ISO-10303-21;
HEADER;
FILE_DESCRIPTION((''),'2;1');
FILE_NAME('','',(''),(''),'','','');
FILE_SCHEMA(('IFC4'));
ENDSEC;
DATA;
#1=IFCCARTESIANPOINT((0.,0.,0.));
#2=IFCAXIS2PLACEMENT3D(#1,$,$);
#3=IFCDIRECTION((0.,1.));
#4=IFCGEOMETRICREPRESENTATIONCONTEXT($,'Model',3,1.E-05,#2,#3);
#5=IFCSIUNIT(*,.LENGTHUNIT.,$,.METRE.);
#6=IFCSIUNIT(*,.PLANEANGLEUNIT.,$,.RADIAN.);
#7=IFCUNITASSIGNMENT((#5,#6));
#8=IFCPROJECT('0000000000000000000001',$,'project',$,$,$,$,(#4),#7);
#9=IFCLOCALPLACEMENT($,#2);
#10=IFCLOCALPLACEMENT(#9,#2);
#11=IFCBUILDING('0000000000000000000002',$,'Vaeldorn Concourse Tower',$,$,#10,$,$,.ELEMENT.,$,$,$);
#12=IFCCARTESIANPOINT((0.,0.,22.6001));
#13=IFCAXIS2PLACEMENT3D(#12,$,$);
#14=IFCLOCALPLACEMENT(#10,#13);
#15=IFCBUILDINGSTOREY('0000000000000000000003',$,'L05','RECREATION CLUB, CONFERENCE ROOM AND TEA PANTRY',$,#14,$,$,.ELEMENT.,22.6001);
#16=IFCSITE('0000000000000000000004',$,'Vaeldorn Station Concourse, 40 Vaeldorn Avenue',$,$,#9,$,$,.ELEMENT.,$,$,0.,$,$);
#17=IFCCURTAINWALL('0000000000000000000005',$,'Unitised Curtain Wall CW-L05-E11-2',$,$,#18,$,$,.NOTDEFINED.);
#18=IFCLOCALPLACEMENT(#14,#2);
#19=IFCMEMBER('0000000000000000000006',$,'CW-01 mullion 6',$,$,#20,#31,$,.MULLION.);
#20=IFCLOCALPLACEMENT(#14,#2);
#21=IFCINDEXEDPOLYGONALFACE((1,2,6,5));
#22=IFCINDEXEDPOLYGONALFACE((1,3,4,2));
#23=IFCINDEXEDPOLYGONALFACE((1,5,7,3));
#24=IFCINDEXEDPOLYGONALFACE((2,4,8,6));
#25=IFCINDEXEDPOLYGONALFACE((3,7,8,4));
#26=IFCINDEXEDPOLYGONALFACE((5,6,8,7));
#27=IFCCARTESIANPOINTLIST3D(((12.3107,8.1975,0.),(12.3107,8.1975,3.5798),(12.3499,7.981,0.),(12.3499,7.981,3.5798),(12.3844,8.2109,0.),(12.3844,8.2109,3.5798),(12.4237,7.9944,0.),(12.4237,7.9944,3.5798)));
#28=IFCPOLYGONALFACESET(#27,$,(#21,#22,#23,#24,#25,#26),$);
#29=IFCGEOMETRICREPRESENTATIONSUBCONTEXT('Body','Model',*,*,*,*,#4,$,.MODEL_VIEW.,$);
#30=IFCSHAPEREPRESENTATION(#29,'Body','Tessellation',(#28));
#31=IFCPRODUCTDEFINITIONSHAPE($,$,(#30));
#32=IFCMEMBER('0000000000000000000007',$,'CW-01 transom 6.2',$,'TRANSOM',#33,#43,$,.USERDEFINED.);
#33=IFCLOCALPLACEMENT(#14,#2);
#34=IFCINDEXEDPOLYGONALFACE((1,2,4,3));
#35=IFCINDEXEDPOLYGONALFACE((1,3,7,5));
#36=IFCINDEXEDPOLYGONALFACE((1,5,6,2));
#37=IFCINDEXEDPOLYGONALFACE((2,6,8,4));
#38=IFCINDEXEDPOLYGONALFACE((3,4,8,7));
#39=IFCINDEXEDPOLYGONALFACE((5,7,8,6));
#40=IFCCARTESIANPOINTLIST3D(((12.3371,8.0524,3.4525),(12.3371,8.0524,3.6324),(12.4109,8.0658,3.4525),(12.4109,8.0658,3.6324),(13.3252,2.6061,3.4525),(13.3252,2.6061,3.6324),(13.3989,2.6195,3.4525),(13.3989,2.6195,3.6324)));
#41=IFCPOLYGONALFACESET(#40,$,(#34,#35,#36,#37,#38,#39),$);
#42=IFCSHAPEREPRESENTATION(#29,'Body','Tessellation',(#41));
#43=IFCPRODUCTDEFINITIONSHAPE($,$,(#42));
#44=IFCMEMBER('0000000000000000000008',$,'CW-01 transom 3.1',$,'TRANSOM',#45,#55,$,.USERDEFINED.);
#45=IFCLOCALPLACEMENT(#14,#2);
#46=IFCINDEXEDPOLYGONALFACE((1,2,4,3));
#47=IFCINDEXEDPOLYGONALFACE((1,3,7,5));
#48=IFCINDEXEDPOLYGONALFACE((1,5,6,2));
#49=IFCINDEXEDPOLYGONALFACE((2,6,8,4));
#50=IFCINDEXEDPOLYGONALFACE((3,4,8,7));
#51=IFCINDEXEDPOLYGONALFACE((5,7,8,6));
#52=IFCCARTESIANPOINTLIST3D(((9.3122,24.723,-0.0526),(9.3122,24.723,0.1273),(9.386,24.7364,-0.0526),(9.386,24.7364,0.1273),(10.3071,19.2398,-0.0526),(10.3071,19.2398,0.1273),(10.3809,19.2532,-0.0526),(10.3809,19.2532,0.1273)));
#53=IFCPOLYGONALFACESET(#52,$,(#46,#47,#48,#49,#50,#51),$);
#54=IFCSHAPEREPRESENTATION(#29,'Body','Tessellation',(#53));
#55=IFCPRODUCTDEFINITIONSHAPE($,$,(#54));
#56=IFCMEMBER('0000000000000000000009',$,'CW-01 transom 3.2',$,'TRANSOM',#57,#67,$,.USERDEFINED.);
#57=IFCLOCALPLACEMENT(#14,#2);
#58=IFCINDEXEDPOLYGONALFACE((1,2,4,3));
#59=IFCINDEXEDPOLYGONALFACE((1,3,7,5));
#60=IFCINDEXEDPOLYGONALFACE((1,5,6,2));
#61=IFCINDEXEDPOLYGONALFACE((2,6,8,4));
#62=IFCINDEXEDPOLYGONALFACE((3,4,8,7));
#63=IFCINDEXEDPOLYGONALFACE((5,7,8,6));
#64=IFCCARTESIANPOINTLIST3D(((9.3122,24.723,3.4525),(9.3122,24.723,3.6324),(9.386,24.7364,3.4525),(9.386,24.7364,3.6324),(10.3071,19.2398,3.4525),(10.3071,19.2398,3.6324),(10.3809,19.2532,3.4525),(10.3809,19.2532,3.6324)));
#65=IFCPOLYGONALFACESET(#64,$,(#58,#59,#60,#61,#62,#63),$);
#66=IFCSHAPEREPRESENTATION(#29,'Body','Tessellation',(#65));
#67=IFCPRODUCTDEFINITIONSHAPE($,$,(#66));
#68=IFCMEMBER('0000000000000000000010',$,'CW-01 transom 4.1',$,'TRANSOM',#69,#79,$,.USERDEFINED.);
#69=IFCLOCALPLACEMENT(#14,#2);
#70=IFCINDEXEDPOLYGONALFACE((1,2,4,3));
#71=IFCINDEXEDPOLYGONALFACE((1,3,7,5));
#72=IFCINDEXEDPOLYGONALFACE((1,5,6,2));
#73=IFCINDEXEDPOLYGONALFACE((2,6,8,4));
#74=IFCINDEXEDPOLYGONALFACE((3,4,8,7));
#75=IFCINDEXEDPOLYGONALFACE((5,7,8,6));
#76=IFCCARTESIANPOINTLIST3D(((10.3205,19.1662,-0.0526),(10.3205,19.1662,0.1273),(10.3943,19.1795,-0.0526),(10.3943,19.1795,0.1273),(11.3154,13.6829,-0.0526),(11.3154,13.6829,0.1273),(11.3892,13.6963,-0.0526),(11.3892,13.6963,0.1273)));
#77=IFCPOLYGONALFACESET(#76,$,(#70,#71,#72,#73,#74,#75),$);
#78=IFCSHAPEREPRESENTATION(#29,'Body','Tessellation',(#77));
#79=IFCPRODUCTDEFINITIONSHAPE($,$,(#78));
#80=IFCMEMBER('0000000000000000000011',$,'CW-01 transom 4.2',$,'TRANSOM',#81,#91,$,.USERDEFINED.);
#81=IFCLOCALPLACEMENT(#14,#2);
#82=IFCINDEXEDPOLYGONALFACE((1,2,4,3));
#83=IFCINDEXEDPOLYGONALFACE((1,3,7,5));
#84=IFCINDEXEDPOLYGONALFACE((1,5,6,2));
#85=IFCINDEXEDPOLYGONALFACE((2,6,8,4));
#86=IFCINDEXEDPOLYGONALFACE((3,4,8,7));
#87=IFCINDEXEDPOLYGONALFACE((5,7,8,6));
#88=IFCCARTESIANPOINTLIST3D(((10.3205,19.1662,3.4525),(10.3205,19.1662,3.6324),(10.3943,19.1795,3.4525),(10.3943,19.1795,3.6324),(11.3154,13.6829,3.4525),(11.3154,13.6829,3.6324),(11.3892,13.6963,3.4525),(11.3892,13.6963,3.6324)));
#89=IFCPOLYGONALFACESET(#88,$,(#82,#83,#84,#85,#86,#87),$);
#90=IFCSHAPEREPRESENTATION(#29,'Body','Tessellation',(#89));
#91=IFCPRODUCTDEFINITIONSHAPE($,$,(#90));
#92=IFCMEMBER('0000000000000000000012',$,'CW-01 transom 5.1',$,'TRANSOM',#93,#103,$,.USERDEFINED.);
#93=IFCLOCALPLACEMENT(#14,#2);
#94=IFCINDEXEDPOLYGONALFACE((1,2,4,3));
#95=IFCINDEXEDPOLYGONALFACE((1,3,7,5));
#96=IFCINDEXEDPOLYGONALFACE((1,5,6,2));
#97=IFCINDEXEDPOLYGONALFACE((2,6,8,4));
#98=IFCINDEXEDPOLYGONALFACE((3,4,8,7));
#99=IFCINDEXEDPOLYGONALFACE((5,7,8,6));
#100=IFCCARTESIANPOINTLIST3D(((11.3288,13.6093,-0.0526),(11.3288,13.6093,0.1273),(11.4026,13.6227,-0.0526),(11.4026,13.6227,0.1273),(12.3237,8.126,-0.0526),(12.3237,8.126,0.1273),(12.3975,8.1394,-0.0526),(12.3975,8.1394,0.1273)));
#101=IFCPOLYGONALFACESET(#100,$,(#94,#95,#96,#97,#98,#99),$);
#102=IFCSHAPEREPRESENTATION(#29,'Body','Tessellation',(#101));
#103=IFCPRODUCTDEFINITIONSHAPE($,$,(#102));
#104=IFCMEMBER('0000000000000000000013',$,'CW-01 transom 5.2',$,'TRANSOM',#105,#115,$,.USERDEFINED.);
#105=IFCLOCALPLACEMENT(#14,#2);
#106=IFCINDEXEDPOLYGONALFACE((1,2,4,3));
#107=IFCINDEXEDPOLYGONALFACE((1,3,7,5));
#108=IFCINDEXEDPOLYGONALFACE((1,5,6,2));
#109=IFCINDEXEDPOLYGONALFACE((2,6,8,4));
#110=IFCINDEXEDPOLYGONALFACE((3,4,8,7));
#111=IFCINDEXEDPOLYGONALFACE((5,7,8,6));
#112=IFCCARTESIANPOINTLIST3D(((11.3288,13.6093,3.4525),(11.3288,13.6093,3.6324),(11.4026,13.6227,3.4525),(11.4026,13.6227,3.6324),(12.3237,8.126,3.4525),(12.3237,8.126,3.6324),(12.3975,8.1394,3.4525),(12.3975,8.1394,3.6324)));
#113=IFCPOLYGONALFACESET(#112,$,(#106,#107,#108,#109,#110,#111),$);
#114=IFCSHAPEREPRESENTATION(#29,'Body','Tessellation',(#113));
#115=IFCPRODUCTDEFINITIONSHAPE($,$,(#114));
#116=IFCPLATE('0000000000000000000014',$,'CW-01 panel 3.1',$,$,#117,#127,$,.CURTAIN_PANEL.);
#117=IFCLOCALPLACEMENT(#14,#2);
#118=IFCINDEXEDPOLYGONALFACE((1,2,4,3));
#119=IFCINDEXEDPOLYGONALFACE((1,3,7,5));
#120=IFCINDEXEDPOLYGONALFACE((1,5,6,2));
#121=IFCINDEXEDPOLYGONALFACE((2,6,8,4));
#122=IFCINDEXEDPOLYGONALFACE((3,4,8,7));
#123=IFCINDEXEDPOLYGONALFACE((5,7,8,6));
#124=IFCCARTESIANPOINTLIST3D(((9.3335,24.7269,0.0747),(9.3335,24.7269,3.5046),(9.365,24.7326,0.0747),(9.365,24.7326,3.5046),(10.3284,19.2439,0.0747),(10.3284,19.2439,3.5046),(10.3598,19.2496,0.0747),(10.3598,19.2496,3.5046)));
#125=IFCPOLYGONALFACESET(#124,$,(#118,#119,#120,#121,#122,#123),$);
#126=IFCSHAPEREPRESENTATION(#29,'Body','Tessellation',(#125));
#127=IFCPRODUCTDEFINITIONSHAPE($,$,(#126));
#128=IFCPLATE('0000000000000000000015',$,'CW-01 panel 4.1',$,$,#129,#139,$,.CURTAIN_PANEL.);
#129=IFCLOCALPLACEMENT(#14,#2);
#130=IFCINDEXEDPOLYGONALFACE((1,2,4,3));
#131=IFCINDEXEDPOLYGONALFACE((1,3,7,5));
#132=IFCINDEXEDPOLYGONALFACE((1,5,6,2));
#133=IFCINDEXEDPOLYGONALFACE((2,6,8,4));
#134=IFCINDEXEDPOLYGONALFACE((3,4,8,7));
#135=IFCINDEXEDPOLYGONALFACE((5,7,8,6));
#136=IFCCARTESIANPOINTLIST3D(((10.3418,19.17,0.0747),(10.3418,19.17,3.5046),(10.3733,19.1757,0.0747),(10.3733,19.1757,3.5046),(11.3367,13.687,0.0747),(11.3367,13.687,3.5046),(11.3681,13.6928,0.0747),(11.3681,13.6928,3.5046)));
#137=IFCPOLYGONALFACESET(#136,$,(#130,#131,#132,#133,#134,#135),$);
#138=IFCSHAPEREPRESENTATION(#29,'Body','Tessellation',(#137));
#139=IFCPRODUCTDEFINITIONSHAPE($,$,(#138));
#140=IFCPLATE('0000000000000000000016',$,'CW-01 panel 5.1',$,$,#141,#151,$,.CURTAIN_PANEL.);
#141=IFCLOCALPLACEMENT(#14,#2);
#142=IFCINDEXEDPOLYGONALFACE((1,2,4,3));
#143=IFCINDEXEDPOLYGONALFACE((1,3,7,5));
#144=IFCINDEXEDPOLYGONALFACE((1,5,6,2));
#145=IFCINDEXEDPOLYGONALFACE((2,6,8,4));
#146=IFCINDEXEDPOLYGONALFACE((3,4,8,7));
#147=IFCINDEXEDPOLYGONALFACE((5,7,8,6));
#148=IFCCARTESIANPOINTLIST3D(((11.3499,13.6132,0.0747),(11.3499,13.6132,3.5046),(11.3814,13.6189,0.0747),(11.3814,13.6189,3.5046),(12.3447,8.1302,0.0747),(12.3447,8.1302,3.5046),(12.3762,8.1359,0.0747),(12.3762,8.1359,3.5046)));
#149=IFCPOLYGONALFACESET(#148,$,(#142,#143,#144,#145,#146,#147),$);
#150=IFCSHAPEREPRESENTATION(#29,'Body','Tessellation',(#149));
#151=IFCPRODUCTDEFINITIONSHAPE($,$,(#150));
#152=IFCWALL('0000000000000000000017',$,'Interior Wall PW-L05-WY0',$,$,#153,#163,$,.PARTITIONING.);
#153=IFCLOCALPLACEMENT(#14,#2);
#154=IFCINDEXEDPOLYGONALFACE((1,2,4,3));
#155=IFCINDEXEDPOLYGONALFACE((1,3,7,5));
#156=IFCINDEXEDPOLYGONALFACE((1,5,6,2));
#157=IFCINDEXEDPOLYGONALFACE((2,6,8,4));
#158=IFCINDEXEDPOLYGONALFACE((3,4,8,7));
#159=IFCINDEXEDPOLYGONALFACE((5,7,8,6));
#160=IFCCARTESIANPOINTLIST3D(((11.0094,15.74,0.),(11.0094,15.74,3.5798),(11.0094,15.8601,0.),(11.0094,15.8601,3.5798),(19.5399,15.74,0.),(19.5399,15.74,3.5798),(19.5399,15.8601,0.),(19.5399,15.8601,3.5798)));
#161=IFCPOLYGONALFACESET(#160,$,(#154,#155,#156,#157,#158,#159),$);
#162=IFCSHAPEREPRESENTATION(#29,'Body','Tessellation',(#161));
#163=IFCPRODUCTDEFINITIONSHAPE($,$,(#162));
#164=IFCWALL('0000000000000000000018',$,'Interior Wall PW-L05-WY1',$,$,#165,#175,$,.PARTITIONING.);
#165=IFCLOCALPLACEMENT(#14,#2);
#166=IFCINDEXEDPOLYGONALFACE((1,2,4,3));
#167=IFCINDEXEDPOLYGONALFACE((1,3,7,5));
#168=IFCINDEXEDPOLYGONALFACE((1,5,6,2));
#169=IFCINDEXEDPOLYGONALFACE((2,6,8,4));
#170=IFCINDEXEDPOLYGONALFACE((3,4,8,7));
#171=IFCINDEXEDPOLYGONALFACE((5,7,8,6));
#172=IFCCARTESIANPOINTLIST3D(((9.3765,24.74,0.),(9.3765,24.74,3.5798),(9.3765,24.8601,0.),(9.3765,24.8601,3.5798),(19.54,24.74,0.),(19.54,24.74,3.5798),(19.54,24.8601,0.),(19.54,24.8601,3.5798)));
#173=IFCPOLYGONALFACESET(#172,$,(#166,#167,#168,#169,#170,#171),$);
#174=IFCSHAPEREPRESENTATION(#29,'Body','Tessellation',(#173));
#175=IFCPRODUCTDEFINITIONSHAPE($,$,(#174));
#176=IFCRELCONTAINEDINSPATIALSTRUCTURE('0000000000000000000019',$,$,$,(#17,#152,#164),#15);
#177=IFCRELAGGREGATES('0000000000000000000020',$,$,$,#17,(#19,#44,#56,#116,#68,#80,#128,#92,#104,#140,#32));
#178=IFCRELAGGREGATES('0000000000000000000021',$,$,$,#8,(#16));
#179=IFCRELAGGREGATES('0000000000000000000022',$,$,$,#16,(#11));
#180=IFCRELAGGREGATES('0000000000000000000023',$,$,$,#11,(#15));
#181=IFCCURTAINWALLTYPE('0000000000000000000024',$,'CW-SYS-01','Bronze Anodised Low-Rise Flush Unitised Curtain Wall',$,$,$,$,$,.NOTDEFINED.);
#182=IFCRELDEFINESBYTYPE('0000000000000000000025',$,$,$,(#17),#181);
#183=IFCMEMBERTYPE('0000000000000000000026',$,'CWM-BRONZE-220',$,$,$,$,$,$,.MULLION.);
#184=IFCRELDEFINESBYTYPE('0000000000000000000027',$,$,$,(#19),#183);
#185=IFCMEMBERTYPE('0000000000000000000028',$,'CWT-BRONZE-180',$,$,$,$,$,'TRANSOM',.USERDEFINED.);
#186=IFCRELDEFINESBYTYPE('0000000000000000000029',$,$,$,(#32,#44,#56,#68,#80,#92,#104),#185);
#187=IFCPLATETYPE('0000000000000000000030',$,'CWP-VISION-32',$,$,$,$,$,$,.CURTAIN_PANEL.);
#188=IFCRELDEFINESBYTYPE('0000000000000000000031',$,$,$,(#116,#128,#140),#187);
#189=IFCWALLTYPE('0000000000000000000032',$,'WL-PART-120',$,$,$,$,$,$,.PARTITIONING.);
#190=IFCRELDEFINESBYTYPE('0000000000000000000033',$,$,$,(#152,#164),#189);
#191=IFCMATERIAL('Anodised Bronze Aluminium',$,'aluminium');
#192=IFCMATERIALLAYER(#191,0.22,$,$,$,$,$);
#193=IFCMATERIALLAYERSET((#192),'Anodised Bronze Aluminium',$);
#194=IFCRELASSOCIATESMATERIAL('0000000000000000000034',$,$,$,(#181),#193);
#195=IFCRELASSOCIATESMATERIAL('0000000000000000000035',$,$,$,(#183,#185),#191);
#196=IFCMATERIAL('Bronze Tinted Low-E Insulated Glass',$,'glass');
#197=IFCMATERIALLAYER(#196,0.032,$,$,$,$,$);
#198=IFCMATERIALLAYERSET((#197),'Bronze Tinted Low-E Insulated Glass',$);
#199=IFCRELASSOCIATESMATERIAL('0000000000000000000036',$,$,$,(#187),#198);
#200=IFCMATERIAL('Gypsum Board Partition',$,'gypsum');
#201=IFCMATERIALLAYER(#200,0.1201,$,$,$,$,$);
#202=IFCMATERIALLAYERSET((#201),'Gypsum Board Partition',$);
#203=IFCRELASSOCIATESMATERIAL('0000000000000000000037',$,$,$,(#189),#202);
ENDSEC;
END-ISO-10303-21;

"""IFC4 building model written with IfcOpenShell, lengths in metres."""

from ifc_helpers import new_model, si_unit, direction, frame, frame_2d, origin, origin_2d, place, context, subcontext, project, spatial, rectangle, extrude, source, transform, mapped, material, layer, layer_set, material_profile, profile_set, type_object, element, aggregate, save


model = new_model("IFC4")

# Units and contexts
model_context = context("Model", 3, precision=1e-05, world=origin(), true_north=direction((0.0, 1.0)))
body_context = subcontext(model_context, "Body", "Model", "MODEL_VIEW")
ifc_project = project(units=[si_unit("LENGTHUNIT", "METRE"), si_unit("PLANEANGLEUNIT", "RADIAN")], contexts=[model_context])

# Site, building, storey
site_placement = place(None, origin())
site = spatial("IfcSite", under=ifc_project, at=site_placement, Name="Vaeldorn Station Concourse, 40 Vaeldorn Avenue", CompositionType="ELEMENT", RefElevation=0.0)
building_placement = place(site_placement, origin())
building = spatial("IfcBuilding", under=site, at=building_placement, Name="Vaeldorn Concourse Tower", CompositionType="ELEMENT")
storey_placement = place(building_placement, frame((0.0, 0.0, 22.6001)))
storey = spatial("IfcBuildingStorey", under=building, at=storey_placement, Name="L05", Description="RECREATION CLUB, CONFERENCE ROOM AND TEA PANTRY", CompositionType="ELEMENT", Elevation=22.6001)

# Curtain wall, members, plates
ifc_material_1 = material(Name="Anodised Bronze Aluminium", Category="aluminium")
ifc_layer_1 = layer(ifc_material_1, 0.22)
ifc_layer_set_1 = layer_set([ifc_layer_1], Name="Anodised Bronze Aluminium")
curtain_wall_type = type_object("IfcCurtainWallType", Name="CW-SYS-01", Description="Bronze Anodised Low-Rise Flush Unitised Curtain Wall", PredefinedType="NOTDEFINED", material=ifc_layer_set_1)
curtain_wall_placement = place(storey_placement, origin())
curtain_wall = element("IfcCurtainWall", 1, at=curtain_wall_placement, inside=storey, type_object=curtain_wall_type, Name="Unitised Curtain Wall CW-L05-E11-2", PredefinedType="NOTDEFINED")
ifc_material_profile_1 = material_profile(ifc_material_1, rectangle(XDim=0.075, YDim=0.22, at=origin_2d()), Name="CWM 75x220")
ifc_profile_set_1 = profile_set([ifc_material_profile_1], Name="Anodised Bronze Aluminium")
member_type_1 = type_object("IfcMemberType", Name="CWM-BRONZE-220", PredefinedType="MULLION", material=ifc_profile_set_1)
shared_shape_1 = source(origin(), body_context, "Body", "SweptSolid", [
    extrude(rectangle(XDim=0.075, YDim=0.22, at=origin_2d()), origin(), (0.0, 0.0, 1.0), 3.5798),
])
member_1_placement = place(storey_placement, frame((12.3672, 8.0959, 0.0), z_axis=(0.0, 0.0, 1.0), x_axis=(0.983935, 0.178526, 0.0)))
member_1 = element("IfcMember", 2, at=member_1_placement, type_object=member_type_1, Name="CW-01 mullion 6", PredefinedType="MULLION", context=body_context, shape_type="MappedRepresentation", body=[
    mapped(shared_shape_1, transform((0.0, 0.0, 0.0), scale=1.0)),
])
ifc_material_profile_2 = material_profile(ifc_material_1, rectangle(XDim=0.075, YDim=0.1799, at=origin_2d()), Name="CWT 75x180")
ifc_profile_set_2 = profile_set([ifc_material_profile_2], Name="Anodised Bronze Aluminium")
member_type_2 = type_object("IfcMemberType", Name="CWT-BRONZE-180", ElementType="TRANSOM", PredefinedType="USERDEFINED", material=ifc_profile_set_2)
shared_shape_2 = source(origin(), body_context, "Body", "SweptSolid", [
    extrude(rectangle(XDim=0.075, YDim=0.1799, at=origin_2d()), origin(), (0.0, 0.0, 1.0), 5.5352),
])
member_2_placement = place(storey_placement, frame((12.374, 8.0591, 3.5425), z_axis=(0.178501, -0.98394, 0.0), x_axis=(0.98394, 0.178501, 0.0)))
member_2 = element("IfcMember", 3, at=member_2_placement, type_object=member_type_2, Name="CW-01 transom 6.2", ObjectType="TRANSOM", PredefinedType="USERDEFINED", context=body_context, shape_type="MappedRepresentation", body=[
    mapped(shared_shape_2, transform((0.0, 0.0, 0.0), scale=1.0)),
])
shared_shape_3 = source(origin(), body_context, "Body", "SweptSolid", [
    extrude(rectangle(XDim=0.075, YDim=0.1799, at=origin_2d()), origin(), (0.0, 0.0, 1.0), 5.5728),
])
member_3_placement = place(storey_placement, frame((9.3491, 24.7297, 0.0374), z_axis=(0.178527, -0.983935, 0.0), x_axis=(0.983935, 0.178527, 0.0)))
member_3 = element("IfcMember", 4, at=member_3_placement, type_object=member_type_2, Name="CW-01 transom 3.1", ObjectType="TRANSOM", PredefinedType="USERDEFINED", context=body_context, shape_type="MappedRepresentation", body=[
    mapped(shared_shape_3, transform((0.0, 0.0, 0.0), scale=1.0)),
])
member_4_placement = place(storey_placement, frame((9.3491, 24.7297, 3.5425), z_axis=(0.178527, -0.983935, 0.0), x_axis=(0.983935, 0.178527, 0.0)))
member_4 = element("IfcMember", 5, at=member_4_placement, type_object=member_type_2, Name="CW-01 transom 3.2", ObjectType="TRANSOM", PredefinedType="USERDEFINED", context=body_context, shape_type="MappedRepresentation", body=[
    mapped(shared_shape_3, transform((0.0, 0.0, 0.0), scale=1.0)),
])
member_5_placement = place(storey_placement, frame((10.3574, 19.1729, 0.0374), z_axis=(0.178527, -0.983935, 0.0), x_axis=(0.983935, 0.178527, 0.0)))
member_5 = element("IfcMember", 6, at=member_5_placement, type_object=member_type_2, Name="CW-01 transom 4.1", ObjectType="TRANSOM", PredefinedType="USERDEFINED", context=body_context, shape_type="MappedRepresentation", body=[
    mapped(shared_shape_3, transform((0.0, 0.0, 0.0), scale=1.0)),
])
member_6_placement = place(storey_placement, frame((10.3574, 19.1729, 3.5425), z_axis=(0.178527, -0.983935, 0.0), x_axis=(0.983935, 0.178527, 0.0)))
member_6 = element("IfcMember", 7, at=member_6_placement, type_object=member_type_2, Name="CW-01 transom 4.2", ObjectType="TRANSOM", PredefinedType="USERDEFINED", context=body_context, shape_type="MappedRepresentation", body=[
    mapped(shared_shape_3, transform((0.0, 0.0, 0.0), scale=1.0)),
])
member_7_placement = place(storey_placement, frame((11.3657, 13.616, 0.0374), z_axis=(0.178527, -0.983935, 0.0), x_axis=(0.983935, 0.178527, 0.0)))
member_7 = element("IfcMember", 8, at=member_7_placement, type_object=member_type_2, Name="CW-01 transom 5.1", ObjectType="TRANSOM", PredefinedType="USERDEFINED", context=body_context, shape_type="MappedRepresentation", body=[
    mapped(shared_shape_3, transform((0.0, 0.0, 0.0), scale=1.0)),
])
member_8_placement = place(storey_placement, frame((11.3657, 13.616, 3.5425), z_axis=(0.178527, -0.983935, 0.0), x_axis=(0.983935, 0.178527, 0.0)))
member_8 = element("IfcMember", 9, at=member_8_placement, type_object=member_type_2, Name="CW-01 transom 5.2", ObjectType="TRANSOM", PredefinedType="USERDEFINED", context=body_context, shape_type="MappedRepresentation", body=[
    mapped(shared_shape_3, transform((0.0, 0.0, 0.0), scale=1.0)),
])
ifc_material_2 = material(Name="Bronze Tinted Low-E Insulated Glass", Category="glass")
ifc_layer_2 = layer(ifc_material_2, 0.032)
ifc_layer_set_2 = layer_set([ifc_layer_2], Name="Bronze Tinted Low-E Insulated Glass")
plate_type = type_object("IfcPlateType", Name="CWP-VISION-32", PredefinedType="CURTAIN_PANEL", material=ifc_layer_set_2)
shared_shape_4 = source(origin(), body_context, "Body", "SweptSolid", [
    extrude(rectangle(XDim=5.5725, YDim=0.032, at=origin_2d()), origin(), (0.0, 0.0, 1.0), 3.4299),
])
plate_1_placement = place(storey_placement, frame((9.8467, 21.9883, 0.0747), z_axis=(0.0, 0.0, 1.0), x_axis=(0.178526, -0.983935, 0.0)))
plate_1 = element("IfcPlate", 10, at=plate_1_placement, type_object=plate_type, Name="CW-01 panel 3.1", PredefinedType="CURTAIN_PANEL", context=body_context, shape_type="MappedRepresentation", body=[
    mapped(shared_shape_4, transform((0.0, 0.0, 0.0), scale=1.0)),
])
plate_2_placement = place(storey_placement, frame((10.855, 16.4314, 0.0747), z_axis=(0.0, 0.0, 1.0), x_axis=(0.178526, -0.983935, 0.0)))
plate_2 = element("IfcPlate", 11, at=plate_2_placement, type_object=plate_type, Name="CW-01 panel 4.1", PredefinedType="CURTAIN_PANEL", context=body_context, shape_type="MappedRepresentation", body=[
    mapped(shared_shape_4, transform((0.0, 0.0, 0.0), scale=1.0)),
])
plate_3_placement = place(storey_placement, frame((11.863, 10.8745, 0.0747), z_axis=(0.0, 0.0, 1.0), x_axis=(0.178526, -0.983935, 0.0)))
plate_3 = element("IfcPlate", 12, at=plate_3_placement, type_object=plate_type, Name="CW-01 panel 5.1", PredefinedType="CURTAIN_PANEL", context=body_context, shape_type="MappedRepresentation", body=[
    mapped(shared_shape_4, transform((0.0, 0.0, 0.0), scale=1.0)),
])
aggregate(curtain_wall, [member_1, member_3, member_4, plate_1, member_5, member_6, plate_2, member_7, member_8, plate_3, member_2])

# Walls
ifc_material_3 = material(Name="Gypsum Board Partition", Category="gypsum")
ifc_layer_3 = layer(ifc_material_3, 0.1201)
ifc_layer_set_3 = layer_set([ifc_layer_3], Name="Gypsum Board Partition")
wall_type = type_object("IfcWallType", Name="WL-PART-120", PredefinedType="PARTITIONING", material=ifc_layer_set_3)
wall_1_placement = place(storey_placement, frame((11.0095, 15.8, 0.0), z_axis=(0.0, 0.0, 1.0), x_axis=(1.0, 0.0, 0.0)))
element("IfcWall", 13, at=wall_1_placement, inside=storey, type_object=wall_type, Name="Interior Wall PW-L05-WY0", PredefinedType="PARTITIONING", context=body_context, shape_type="SweptSolid", body=[
    extrude(rectangle(XDim=8.5305, YDim=0.1201, at=frame_2d((4.2651, 0.0))), origin(), (0.0, 0.0, 1.0), 3.5798),
])
wall_2_placement = place(storey_placement, frame((9.3765, 24.8, 0.0), z_axis=(0.0, 0.0, 1.0), x_axis=(1.0, 0.0, 0.0)))
element("IfcWall", 14, at=wall_2_placement, inside=storey, type_object=wall_type, Name="Interior Wall PW-L05-WY1", PredefinedType="PARTITIONING", context=body_context, shape_type="SweptSolid", body=[
    extrude(rectangle(XDim=10.1636, YDim=0.1201, at=frame_2d((5.0818, 0.0))), origin(), (0.0, 0.0, 1.0), 3.5798),
])

save(model, "model.ifc")
